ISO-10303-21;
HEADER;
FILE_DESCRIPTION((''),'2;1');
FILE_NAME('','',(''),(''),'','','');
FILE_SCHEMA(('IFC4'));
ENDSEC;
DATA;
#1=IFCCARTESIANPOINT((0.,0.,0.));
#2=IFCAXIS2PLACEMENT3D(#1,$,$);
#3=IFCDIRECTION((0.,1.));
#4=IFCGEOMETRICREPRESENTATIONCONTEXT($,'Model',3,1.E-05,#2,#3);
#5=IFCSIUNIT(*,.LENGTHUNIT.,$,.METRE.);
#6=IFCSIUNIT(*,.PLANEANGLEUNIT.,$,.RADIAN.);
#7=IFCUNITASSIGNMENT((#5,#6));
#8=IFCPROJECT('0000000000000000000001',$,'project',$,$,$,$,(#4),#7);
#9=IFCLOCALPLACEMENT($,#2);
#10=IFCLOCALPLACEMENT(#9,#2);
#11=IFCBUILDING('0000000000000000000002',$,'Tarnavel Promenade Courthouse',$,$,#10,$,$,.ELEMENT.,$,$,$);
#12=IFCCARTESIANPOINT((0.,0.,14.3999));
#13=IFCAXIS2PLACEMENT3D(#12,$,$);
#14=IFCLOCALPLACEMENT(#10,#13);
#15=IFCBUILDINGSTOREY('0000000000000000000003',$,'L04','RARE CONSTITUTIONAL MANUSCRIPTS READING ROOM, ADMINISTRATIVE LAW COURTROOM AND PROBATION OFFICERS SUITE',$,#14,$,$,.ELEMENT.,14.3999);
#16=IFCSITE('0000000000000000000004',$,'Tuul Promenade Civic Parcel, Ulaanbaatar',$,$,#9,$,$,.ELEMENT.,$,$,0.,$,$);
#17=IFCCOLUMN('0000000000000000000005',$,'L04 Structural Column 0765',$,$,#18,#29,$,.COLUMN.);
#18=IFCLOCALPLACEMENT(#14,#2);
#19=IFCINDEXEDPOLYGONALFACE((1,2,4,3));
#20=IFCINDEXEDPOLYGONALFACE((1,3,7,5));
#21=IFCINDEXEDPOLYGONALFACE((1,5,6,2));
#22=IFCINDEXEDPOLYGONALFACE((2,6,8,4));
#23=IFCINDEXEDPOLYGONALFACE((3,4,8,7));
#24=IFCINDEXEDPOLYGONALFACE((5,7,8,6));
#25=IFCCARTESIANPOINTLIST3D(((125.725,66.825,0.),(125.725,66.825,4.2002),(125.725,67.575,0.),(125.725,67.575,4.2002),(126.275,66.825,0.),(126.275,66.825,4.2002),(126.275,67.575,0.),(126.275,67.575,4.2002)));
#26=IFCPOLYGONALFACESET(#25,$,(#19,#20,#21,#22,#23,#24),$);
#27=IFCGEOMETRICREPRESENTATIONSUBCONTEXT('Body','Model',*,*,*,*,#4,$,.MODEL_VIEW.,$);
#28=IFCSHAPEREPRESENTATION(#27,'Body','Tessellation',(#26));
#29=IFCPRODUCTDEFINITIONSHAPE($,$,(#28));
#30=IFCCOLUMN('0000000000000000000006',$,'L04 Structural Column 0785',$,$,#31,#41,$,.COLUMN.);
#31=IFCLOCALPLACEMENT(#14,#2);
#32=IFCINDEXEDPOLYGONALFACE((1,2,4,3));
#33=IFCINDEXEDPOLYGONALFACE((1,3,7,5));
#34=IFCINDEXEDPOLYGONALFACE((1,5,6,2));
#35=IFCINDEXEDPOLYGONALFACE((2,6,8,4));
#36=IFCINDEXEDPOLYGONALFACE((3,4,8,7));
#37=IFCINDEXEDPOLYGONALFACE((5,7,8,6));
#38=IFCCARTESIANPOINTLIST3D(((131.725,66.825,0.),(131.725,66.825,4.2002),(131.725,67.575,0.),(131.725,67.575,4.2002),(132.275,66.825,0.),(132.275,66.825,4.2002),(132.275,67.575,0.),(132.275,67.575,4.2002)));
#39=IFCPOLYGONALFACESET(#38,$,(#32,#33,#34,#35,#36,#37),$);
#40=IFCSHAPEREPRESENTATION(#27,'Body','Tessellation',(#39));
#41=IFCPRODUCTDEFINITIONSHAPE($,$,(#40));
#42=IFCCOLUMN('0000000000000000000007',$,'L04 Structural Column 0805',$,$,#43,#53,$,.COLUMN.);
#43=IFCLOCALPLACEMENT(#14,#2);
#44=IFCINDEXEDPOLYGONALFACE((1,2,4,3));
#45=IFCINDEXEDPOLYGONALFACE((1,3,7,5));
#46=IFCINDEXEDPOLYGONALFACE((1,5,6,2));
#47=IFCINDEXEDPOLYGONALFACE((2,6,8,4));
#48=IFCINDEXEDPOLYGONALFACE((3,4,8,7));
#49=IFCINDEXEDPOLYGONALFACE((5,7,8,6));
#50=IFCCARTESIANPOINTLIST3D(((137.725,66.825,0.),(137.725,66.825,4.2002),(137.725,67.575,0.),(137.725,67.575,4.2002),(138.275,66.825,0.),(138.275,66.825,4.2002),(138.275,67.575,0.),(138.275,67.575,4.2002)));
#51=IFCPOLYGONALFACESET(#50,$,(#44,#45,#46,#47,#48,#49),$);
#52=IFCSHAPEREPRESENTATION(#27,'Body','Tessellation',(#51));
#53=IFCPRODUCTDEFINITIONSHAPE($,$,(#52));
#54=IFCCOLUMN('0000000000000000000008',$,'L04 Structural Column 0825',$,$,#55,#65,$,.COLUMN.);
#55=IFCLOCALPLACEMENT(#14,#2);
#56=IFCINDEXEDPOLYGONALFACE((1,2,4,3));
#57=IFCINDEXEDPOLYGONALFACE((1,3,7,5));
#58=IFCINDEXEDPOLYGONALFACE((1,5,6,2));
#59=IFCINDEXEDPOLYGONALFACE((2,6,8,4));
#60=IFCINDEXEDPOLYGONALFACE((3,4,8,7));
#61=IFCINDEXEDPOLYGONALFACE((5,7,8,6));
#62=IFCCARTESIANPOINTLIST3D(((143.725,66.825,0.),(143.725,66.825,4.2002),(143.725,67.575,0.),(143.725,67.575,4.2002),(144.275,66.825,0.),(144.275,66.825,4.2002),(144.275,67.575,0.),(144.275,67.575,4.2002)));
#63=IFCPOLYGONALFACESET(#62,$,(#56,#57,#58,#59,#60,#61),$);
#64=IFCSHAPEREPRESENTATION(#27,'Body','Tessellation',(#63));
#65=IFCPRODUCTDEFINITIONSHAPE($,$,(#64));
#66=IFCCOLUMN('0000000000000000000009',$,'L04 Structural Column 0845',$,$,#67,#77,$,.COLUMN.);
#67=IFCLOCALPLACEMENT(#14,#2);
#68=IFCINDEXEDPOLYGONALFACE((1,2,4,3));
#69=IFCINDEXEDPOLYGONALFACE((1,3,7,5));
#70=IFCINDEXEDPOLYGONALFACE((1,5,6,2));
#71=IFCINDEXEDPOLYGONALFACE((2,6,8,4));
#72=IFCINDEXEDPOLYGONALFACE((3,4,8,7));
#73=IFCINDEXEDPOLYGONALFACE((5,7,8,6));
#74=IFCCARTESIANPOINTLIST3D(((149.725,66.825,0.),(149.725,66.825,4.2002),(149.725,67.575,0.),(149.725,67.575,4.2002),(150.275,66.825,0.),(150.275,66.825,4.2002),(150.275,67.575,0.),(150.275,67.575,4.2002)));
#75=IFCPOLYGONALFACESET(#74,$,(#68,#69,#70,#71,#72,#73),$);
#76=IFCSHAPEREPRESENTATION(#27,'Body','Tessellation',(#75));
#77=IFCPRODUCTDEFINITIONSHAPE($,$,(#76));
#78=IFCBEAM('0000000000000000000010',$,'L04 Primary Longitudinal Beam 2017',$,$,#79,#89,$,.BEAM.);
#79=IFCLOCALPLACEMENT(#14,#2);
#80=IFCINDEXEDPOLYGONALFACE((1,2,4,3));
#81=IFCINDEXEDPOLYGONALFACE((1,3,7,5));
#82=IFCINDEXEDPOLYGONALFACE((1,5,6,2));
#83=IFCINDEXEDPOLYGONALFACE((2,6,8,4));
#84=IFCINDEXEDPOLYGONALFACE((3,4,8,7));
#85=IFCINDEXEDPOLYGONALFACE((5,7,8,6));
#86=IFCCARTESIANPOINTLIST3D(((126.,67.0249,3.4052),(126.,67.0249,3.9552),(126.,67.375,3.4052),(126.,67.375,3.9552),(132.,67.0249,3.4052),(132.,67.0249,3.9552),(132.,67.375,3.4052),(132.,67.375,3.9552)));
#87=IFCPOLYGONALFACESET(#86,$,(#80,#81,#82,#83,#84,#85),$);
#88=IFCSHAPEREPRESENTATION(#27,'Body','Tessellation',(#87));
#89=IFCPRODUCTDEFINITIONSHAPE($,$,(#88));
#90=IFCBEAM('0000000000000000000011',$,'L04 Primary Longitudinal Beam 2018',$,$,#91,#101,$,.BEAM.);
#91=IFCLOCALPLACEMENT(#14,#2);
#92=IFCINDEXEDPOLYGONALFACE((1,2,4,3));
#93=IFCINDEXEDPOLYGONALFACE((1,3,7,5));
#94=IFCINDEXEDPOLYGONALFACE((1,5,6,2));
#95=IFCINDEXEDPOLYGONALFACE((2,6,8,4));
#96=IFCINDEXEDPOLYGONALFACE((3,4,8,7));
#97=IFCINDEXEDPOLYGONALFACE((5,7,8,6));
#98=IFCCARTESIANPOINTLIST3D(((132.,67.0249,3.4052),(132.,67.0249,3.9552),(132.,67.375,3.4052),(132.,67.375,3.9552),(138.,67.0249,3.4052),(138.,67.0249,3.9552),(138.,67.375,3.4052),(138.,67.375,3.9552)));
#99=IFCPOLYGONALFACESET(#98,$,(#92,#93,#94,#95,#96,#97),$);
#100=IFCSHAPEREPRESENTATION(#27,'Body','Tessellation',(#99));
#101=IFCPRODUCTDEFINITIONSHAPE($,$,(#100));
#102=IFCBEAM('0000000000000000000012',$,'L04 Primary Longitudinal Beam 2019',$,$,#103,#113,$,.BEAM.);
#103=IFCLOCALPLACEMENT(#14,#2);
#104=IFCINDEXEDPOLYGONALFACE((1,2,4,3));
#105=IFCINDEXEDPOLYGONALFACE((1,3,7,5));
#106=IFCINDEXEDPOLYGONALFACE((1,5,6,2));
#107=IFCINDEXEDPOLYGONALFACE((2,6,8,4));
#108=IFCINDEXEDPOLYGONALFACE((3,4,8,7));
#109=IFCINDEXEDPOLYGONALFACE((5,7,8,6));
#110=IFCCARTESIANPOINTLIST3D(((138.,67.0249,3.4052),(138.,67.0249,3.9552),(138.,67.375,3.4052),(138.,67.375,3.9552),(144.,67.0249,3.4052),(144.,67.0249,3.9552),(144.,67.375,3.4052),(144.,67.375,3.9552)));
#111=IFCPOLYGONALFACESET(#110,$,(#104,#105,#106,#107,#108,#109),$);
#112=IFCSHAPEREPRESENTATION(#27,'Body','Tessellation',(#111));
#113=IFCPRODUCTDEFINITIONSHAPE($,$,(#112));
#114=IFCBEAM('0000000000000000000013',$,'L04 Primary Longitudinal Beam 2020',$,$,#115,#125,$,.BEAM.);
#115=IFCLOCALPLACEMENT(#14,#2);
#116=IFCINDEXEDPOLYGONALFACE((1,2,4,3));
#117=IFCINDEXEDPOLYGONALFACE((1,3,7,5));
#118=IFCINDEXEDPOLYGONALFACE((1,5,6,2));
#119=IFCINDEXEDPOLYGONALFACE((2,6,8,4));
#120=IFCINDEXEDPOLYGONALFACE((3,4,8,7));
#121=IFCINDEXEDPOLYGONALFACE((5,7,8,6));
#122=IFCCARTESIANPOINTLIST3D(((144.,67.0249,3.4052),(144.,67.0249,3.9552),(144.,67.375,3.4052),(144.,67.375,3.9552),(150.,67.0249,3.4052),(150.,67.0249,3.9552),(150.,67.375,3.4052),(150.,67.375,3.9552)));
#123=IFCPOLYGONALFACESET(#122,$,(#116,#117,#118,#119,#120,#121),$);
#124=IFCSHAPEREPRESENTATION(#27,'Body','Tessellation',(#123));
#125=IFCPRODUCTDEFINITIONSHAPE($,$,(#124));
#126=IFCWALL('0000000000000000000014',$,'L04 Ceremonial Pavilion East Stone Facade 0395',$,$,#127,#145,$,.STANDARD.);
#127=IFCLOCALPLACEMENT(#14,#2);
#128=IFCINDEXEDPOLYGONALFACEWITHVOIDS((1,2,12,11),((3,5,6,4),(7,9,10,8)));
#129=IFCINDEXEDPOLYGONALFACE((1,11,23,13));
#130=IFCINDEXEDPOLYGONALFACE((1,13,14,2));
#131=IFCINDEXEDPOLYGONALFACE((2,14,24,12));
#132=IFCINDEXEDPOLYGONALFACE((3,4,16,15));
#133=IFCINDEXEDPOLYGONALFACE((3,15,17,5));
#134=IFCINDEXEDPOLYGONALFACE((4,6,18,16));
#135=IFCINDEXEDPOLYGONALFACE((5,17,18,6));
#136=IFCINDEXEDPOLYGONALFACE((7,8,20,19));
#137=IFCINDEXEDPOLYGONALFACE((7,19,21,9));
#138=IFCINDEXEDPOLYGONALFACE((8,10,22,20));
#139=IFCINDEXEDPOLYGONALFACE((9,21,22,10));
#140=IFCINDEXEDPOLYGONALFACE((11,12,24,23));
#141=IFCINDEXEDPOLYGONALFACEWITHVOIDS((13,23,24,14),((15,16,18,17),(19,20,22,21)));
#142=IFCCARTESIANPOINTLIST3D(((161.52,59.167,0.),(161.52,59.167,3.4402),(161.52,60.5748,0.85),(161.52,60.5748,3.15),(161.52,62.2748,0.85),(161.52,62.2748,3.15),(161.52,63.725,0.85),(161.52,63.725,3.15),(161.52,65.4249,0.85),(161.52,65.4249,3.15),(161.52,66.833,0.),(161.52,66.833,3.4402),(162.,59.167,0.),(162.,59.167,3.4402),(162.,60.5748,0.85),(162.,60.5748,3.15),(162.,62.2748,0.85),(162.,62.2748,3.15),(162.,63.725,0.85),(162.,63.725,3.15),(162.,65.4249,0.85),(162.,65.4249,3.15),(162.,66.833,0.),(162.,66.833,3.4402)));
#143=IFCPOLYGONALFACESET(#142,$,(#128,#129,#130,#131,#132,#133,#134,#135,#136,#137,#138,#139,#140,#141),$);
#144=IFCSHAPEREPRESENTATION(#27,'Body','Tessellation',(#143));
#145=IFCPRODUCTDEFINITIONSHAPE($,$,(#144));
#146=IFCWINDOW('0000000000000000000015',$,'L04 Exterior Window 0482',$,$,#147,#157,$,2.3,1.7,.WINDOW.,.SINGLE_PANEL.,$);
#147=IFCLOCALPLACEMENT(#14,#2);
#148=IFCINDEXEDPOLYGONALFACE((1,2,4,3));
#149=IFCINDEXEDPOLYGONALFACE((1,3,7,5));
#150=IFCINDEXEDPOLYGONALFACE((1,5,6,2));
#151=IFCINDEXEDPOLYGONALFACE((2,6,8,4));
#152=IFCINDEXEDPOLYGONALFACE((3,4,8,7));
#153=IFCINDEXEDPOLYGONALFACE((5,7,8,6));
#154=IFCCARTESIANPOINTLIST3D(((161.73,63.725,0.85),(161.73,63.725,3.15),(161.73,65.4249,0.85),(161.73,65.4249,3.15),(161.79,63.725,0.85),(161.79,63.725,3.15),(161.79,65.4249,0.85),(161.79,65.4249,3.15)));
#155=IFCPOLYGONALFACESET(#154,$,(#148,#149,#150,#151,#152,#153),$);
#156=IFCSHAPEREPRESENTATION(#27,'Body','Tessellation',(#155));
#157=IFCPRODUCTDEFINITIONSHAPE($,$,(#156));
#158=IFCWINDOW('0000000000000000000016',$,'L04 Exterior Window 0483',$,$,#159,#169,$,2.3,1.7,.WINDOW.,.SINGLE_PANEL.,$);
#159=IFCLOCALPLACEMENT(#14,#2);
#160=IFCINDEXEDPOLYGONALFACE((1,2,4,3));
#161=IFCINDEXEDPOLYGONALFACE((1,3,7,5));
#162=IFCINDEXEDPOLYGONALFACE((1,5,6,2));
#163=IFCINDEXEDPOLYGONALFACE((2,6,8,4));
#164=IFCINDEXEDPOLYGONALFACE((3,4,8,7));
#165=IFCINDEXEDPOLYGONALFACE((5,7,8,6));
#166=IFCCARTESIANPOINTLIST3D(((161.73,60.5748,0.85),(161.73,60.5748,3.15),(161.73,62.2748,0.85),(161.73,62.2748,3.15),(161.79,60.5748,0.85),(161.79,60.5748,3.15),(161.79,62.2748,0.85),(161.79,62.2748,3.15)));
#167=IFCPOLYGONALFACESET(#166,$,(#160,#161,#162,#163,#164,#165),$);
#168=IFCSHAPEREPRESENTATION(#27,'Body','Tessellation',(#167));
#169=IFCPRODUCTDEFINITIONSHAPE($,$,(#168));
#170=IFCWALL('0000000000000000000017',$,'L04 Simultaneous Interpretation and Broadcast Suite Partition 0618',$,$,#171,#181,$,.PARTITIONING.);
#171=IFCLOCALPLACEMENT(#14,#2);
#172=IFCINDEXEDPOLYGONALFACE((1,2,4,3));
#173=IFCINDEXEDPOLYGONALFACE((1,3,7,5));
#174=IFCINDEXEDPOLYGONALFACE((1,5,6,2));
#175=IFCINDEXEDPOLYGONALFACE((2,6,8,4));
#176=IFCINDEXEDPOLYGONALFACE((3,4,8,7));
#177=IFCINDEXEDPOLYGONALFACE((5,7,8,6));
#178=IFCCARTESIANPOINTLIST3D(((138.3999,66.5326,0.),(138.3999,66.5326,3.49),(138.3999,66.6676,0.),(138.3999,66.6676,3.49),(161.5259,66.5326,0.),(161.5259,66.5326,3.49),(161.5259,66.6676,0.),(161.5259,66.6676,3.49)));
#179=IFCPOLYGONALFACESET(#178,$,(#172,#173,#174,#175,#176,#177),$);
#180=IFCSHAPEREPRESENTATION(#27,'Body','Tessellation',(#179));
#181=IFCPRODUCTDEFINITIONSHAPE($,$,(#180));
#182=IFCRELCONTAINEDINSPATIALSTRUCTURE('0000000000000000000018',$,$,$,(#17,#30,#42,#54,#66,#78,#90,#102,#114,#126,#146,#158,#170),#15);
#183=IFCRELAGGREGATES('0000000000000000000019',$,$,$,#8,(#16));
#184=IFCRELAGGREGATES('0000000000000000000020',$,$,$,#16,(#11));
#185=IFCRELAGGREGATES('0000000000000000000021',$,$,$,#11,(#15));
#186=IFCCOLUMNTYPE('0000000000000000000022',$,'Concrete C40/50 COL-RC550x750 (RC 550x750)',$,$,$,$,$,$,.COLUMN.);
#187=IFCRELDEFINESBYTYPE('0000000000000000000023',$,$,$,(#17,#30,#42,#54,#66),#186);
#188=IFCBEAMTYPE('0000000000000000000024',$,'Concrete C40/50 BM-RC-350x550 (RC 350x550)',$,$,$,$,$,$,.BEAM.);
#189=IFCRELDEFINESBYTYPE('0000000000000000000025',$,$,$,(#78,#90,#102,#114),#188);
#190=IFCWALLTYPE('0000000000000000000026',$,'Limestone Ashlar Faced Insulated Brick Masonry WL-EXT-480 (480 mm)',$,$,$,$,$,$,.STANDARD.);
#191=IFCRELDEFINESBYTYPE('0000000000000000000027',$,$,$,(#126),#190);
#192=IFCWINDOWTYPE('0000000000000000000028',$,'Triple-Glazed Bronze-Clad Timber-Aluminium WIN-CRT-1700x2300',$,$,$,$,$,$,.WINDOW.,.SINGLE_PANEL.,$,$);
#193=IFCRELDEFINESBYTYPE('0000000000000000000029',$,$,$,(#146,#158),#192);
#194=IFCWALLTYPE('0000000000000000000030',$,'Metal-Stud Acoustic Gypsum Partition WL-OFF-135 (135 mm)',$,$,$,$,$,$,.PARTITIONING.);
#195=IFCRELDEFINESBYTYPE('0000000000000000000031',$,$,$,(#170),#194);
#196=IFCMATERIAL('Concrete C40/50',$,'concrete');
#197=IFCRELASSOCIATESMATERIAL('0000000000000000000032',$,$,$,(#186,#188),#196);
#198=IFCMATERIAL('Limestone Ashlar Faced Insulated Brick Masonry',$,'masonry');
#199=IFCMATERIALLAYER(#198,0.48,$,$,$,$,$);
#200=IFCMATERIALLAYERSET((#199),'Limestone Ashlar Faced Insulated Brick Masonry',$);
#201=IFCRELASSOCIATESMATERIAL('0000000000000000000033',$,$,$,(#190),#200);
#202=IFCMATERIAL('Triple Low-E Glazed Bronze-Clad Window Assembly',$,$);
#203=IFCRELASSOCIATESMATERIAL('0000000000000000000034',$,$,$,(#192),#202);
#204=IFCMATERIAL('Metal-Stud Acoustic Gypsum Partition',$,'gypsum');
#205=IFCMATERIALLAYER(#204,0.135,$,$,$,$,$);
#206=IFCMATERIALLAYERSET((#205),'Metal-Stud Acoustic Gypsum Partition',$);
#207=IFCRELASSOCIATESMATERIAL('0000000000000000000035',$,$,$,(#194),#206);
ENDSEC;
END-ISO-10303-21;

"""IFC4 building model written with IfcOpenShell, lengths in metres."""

from ifc_helpers import new_model, si_unit, direction, frame, frame_2d, origin, origin_2d, place, context, subcontext, project, spatial, rectangle, extrude, material, layer, layer_set, material_profile, profile_set, type_object, element, fill, save


model = new_model("IFC4")

# Units and contexts
model_context = context("Model", 3, precision=1e-05, world=origin(), true_north=direction((0.0, 1.0)))
body_context = subcontext(model_context, "Body", "Model", "MODEL_VIEW")
ifc_project = project(units=[si_unit("LENGTHUNIT", "METRE"), si_unit("PLANEANGLEUNIT", "RADIAN")], contexts=[model_context])

# Site, building, storey
site_placement = place(None, origin())
site = spatial("IfcSite", under=ifc_project, at=site_placement, Name="Tuul Promenade Civic Parcel, Ulaanbaatar", CompositionType="ELEMENT", RefElevation=0.0)
building_placement = place(site_placement, origin())
building = spatial("IfcBuilding", under=site, at=building_placement, Name="Tarnavel Promenade Courthouse", CompositionType="ELEMENT")
storey_placement = place(building_placement, frame((0.0, 0.0, 14.3999)))
storey = spatial("IfcBuildingStorey", under=building, at=storey_placement, Name="L04", Description="RARE CONSTITUTIONAL MANUSCRIPTS READING ROOM, ADMINISTRATIVE LAW COURTROOM AND PROBATION OFFICERS SUITE", CompositionType="ELEMENT", Elevation=14.3999)

# Columns
ifc_material_1 = material(Name="Concrete C40/50", Category="concrete")
ifc_material_profile_1 = material_profile(ifc_material_1, rectangle(XDim=0.55, YDim=0.75, at=origin_2d()), Name="RC 550x750")
ifc_profile_set_1 = profile_set([ifc_material_profile_1], Name="Concrete C40/50")
column_type = type_object("IfcColumnType", Name="Concrete C40/50 COL-RC550x750 (RC 550x750)", PredefinedType="COLUMN", material=ifc_profile_set_1)
for number, where, z_axis, x_axis, name in (
    (1, (126.0, 67.2, 0.0), (0.0, 0.0, 1.0), (1.0, 0.0, 0.0), "L04 Structural Column 0765"),
    (2, (132.0, 67.2, 0.0), (0.0, 0.0, 1.0), (1.0, 0.0, 0.0), "L04 Structural Column 0785"),
    (3, (138.0, 67.2, 0.0), (0.0, 0.0, 1.0), (1.0, 0.0, 0.0), "L04 Structural Column 0805"),
    (4, (144.0, 67.2, 0.0), (0.0, 0.0, 1.0), (1.0, 0.0, 0.0), "L04 Structural Column 0825"),
    (5, (150.0, 67.2, 0.0), (0.0, 0.0, 1.0), (1.0, 0.0, 0.0), "L04 Structural Column 0845"),
):
    element("IfcColumn", number, at=place(storey_placement, frame(where, z_axis=z_axis, x_axis=x_axis)), inside=storey, type_object=column_type, Name=name, PredefinedType="COLUMN", context=body_context, shape_type="SweptSolid", body=[
        extrude(rectangle(XDim=0.55, YDim=0.75, at=origin_2d()), origin(), (0.0, 0.0, 1.0), 4.2002),
    ])

# Beams
ifc_material_profile_2 = material_profile(ifc_material_1, rectangle(XDim=0.3501, YDim=0.55, at=origin_2d()), Name="RC 350x550")
ifc_profile_set_2 = profile_set([ifc_material_profile_2], Name="Concrete C40/50")
beam_type = type_object("IfcBeamType", Name="Concrete C40/50 BM-RC-350x550 (RC 350x550)", PredefinedType="BEAM", material=ifc_profile_set_2)
for number, where, z_axis, x_axis, name in (
    (6, (126.0, 67.2, 3.6802), (1.0, 0.0, 0.0), (0.0, 1.0, 0.0), "L04 Primary Longitudinal Beam 2017"),
    (7, (132.0, 67.2, 3.6802), (1.0, 0.0, 0.0), (0.0, 1.0, 0.0), "L04 Primary Longitudinal Beam 2018"),
    (8, (138.0, 67.2, 3.6802), (1.0, 0.0, 0.0), (0.0, 1.0, 0.0), "L04 Primary Longitudinal Beam 2019"),
    (9, (144.0, 67.2, 3.6802), (1.0, 0.0, 0.0), (0.0, 1.0, 0.0), "L04 Primary Longitudinal Beam 2020"),
):
    element("IfcBeam", number, at=place(storey_placement, frame(where, z_axis=z_axis, x_axis=x_axis)), inside=storey, type_object=beam_type, Name=name, PredefinedType="BEAM", context=body_context, shape_type="SweptSolid", body=[
        extrude(rectangle(XDim=0.3501, YDim=0.55, at=origin_2d()), origin(), (0.0, 0.0, 1.0), 6.0),
    ])

# Wall, openings, windows
ifc_material_2 = material(Name="Limestone Ashlar Faced Insulated Brick Masonry", Category="masonry")
ifc_material_3 = material(Name="Triple Low-E Glazed Bronze-Clad Window Assembly")
ifc_layer_1 = layer(ifc_material_2, 0.48)
ifc_layer_set_1 = layer_set([ifc_layer_1], Name="Limestone Ashlar Faced Insulated Brick Masonry")
wall_type_1 = type_object("IfcWallType", Name="Limestone Ashlar Faced Insulated Brick Masonry WL-EXT-480 (480 mm)", PredefinedType="STANDARD", material=ifc_layer_set_1)
wall_1_placement = place(storey_placement, frame((161.76, 66.833, 0.0), z_axis=(0.0, 0.0, 1.0), x_axis=(0.0, -1.0, 0.0)))
wall_1 = element("IfcWall", 10, at=wall_1_placement, inside=storey, type_object=wall_type_1, Name="L04 Ceremonial Pavilion East Stone Facade 0395", PredefinedType="STANDARD", context=body_context, shape_type="SweptSolid", body=[
    extrude(rectangle(XDim=7.666, YDim=0.48, at=frame_2d((3.833, 0.0))), origin(), (0.0, 0.0, 1.0), 3.4402),
])
opening_1_placement = place(wall_1_placement, frame((1.408, 0.0, 0.8501)))
opening_1 = element("IfcOpeningElement", 11, at=opening_1_placement, cuts=wall_1, PredefinedType="OPENING", context=body_context, shape_type="SweptSolid", body=[
    extrude(rectangle(XDim=1.7, YDim=2.3, at=frame_2d((0.8501, 1.1499))), frame((0.0, 0.25, 0.0), z_axis=(0.0, -1.0, 0.0), x_axis=(1.0, 0.0, 0.0)), (0.0, 0.0, 1.0), 0.5),
])
opening_2_placement = place(wall_1_placement, frame((4.5581, 0.0, 0.8501)))
opening_2 = element("IfcOpeningElement", 12, at=opening_2_placement, cuts=wall_1, PredefinedType="OPENING", context=body_context, shape_type="SweptSolid", body=[
    extrude(rectangle(XDim=1.7, YDim=2.3, at=frame_2d((0.8501, 1.1499))), frame((0.0, 0.25, 0.0), z_axis=(0.0, -1.0, 0.0), x_axis=(1.0, 0.0, 0.0)), (0.0, 0.0, 1.0), 0.5),
])
window_type_1 = type_object("IfcWindowType", Name="Triple-Glazed Bronze-Clad Timber-Aluminium WIN-CRT-1700x2300", PartitioningType="SINGLE_PANEL", PredefinedType="WINDOW", material=ifc_material_3)
window_1_placement = place(opening_1_placement, origin())
window_1 = element("IfcWindow", 13, at=window_1_placement, inside=storey, type_object=window_type_1, Name="L04 Exterior Window 0482", OverallHeight=2.3, OverallWidth=1.7, PartitioningType="SINGLE_PANEL", PredefinedType="WINDOW", context=body_context, shape_type="SweptSolid", body=[
    extrude(rectangle(XDim=1.7, YDim=2.3, at=frame_2d((0.8501, 1.1499))), frame((0.0, 0.03, 0.0), z_axis=(0.0, -1.0, 0.0), x_axis=(1.0, 0.0, 0.0)), (0.0, 0.0, 1.0), 0.0601),
])
fill(opening_1, window_1)
window_2_placement = place(opening_2_placement, origin())
window_2 = element("IfcWindow", 14, at=window_2_placement, inside=storey, type_object=window_type_1, Name="L04 Exterior Window 0483", OverallHeight=2.3, OverallWidth=1.7, PartitioningType="SINGLE_PANEL", PredefinedType="WINDOW", context=body_context, shape_type="SweptSolid", body=[
    extrude(rectangle(XDim=1.7, YDim=2.3, at=frame_2d((0.8501, 1.1499))), frame((0.0, 0.03, 0.0), z_axis=(0.0, -1.0, 0.0), x_axis=(1.0, 0.0, 0.0)), (0.0, 0.0, 1.0), 0.0601),
])
fill(opening_2, window_2)

# Wall
ifc_material_4 = material(Name="Metal-Stud Acoustic Gypsum Partition", Category="gypsum")
ifc_layer_2 = layer(ifc_material_4, 0.135)
ifc_layer_set_2 = layer_set([ifc_layer_2], Name="Metal-Stud Acoustic Gypsum Partition")
wall_type_2 = type_object("IfcWallType", Name="Metal-Stud Acoustic Gypsum Partition WL-OFF-135 (135 mm)", PredefinedType="PARTITIONING", material=ifc_layer_set_2)
wall_2_placement = place(storey_placement, frame((138.3999, 66.6001, 0.0), z_axis=(0.0, 0.0, 1.0), x_axis=(1.0, 0.0, 0.0)))
element("IfcWall", 15, at=wall_2_placement, inside=storey, type_object=wall_type_2, Name="L04 Simultaneous Interpretation and Broadcast Suite Partition 0618", PredefinedType="PARTITIONING", context=body_context, shape_type="SweptSolid", body=[
    extrude(rectangle(XDim=23.126, YDim=0.135, at=frame_2d((11.563, 0.0))), origin(), (0.0, 0.0, 1.0), 3.49),
])

save(model, "model.ifc")
